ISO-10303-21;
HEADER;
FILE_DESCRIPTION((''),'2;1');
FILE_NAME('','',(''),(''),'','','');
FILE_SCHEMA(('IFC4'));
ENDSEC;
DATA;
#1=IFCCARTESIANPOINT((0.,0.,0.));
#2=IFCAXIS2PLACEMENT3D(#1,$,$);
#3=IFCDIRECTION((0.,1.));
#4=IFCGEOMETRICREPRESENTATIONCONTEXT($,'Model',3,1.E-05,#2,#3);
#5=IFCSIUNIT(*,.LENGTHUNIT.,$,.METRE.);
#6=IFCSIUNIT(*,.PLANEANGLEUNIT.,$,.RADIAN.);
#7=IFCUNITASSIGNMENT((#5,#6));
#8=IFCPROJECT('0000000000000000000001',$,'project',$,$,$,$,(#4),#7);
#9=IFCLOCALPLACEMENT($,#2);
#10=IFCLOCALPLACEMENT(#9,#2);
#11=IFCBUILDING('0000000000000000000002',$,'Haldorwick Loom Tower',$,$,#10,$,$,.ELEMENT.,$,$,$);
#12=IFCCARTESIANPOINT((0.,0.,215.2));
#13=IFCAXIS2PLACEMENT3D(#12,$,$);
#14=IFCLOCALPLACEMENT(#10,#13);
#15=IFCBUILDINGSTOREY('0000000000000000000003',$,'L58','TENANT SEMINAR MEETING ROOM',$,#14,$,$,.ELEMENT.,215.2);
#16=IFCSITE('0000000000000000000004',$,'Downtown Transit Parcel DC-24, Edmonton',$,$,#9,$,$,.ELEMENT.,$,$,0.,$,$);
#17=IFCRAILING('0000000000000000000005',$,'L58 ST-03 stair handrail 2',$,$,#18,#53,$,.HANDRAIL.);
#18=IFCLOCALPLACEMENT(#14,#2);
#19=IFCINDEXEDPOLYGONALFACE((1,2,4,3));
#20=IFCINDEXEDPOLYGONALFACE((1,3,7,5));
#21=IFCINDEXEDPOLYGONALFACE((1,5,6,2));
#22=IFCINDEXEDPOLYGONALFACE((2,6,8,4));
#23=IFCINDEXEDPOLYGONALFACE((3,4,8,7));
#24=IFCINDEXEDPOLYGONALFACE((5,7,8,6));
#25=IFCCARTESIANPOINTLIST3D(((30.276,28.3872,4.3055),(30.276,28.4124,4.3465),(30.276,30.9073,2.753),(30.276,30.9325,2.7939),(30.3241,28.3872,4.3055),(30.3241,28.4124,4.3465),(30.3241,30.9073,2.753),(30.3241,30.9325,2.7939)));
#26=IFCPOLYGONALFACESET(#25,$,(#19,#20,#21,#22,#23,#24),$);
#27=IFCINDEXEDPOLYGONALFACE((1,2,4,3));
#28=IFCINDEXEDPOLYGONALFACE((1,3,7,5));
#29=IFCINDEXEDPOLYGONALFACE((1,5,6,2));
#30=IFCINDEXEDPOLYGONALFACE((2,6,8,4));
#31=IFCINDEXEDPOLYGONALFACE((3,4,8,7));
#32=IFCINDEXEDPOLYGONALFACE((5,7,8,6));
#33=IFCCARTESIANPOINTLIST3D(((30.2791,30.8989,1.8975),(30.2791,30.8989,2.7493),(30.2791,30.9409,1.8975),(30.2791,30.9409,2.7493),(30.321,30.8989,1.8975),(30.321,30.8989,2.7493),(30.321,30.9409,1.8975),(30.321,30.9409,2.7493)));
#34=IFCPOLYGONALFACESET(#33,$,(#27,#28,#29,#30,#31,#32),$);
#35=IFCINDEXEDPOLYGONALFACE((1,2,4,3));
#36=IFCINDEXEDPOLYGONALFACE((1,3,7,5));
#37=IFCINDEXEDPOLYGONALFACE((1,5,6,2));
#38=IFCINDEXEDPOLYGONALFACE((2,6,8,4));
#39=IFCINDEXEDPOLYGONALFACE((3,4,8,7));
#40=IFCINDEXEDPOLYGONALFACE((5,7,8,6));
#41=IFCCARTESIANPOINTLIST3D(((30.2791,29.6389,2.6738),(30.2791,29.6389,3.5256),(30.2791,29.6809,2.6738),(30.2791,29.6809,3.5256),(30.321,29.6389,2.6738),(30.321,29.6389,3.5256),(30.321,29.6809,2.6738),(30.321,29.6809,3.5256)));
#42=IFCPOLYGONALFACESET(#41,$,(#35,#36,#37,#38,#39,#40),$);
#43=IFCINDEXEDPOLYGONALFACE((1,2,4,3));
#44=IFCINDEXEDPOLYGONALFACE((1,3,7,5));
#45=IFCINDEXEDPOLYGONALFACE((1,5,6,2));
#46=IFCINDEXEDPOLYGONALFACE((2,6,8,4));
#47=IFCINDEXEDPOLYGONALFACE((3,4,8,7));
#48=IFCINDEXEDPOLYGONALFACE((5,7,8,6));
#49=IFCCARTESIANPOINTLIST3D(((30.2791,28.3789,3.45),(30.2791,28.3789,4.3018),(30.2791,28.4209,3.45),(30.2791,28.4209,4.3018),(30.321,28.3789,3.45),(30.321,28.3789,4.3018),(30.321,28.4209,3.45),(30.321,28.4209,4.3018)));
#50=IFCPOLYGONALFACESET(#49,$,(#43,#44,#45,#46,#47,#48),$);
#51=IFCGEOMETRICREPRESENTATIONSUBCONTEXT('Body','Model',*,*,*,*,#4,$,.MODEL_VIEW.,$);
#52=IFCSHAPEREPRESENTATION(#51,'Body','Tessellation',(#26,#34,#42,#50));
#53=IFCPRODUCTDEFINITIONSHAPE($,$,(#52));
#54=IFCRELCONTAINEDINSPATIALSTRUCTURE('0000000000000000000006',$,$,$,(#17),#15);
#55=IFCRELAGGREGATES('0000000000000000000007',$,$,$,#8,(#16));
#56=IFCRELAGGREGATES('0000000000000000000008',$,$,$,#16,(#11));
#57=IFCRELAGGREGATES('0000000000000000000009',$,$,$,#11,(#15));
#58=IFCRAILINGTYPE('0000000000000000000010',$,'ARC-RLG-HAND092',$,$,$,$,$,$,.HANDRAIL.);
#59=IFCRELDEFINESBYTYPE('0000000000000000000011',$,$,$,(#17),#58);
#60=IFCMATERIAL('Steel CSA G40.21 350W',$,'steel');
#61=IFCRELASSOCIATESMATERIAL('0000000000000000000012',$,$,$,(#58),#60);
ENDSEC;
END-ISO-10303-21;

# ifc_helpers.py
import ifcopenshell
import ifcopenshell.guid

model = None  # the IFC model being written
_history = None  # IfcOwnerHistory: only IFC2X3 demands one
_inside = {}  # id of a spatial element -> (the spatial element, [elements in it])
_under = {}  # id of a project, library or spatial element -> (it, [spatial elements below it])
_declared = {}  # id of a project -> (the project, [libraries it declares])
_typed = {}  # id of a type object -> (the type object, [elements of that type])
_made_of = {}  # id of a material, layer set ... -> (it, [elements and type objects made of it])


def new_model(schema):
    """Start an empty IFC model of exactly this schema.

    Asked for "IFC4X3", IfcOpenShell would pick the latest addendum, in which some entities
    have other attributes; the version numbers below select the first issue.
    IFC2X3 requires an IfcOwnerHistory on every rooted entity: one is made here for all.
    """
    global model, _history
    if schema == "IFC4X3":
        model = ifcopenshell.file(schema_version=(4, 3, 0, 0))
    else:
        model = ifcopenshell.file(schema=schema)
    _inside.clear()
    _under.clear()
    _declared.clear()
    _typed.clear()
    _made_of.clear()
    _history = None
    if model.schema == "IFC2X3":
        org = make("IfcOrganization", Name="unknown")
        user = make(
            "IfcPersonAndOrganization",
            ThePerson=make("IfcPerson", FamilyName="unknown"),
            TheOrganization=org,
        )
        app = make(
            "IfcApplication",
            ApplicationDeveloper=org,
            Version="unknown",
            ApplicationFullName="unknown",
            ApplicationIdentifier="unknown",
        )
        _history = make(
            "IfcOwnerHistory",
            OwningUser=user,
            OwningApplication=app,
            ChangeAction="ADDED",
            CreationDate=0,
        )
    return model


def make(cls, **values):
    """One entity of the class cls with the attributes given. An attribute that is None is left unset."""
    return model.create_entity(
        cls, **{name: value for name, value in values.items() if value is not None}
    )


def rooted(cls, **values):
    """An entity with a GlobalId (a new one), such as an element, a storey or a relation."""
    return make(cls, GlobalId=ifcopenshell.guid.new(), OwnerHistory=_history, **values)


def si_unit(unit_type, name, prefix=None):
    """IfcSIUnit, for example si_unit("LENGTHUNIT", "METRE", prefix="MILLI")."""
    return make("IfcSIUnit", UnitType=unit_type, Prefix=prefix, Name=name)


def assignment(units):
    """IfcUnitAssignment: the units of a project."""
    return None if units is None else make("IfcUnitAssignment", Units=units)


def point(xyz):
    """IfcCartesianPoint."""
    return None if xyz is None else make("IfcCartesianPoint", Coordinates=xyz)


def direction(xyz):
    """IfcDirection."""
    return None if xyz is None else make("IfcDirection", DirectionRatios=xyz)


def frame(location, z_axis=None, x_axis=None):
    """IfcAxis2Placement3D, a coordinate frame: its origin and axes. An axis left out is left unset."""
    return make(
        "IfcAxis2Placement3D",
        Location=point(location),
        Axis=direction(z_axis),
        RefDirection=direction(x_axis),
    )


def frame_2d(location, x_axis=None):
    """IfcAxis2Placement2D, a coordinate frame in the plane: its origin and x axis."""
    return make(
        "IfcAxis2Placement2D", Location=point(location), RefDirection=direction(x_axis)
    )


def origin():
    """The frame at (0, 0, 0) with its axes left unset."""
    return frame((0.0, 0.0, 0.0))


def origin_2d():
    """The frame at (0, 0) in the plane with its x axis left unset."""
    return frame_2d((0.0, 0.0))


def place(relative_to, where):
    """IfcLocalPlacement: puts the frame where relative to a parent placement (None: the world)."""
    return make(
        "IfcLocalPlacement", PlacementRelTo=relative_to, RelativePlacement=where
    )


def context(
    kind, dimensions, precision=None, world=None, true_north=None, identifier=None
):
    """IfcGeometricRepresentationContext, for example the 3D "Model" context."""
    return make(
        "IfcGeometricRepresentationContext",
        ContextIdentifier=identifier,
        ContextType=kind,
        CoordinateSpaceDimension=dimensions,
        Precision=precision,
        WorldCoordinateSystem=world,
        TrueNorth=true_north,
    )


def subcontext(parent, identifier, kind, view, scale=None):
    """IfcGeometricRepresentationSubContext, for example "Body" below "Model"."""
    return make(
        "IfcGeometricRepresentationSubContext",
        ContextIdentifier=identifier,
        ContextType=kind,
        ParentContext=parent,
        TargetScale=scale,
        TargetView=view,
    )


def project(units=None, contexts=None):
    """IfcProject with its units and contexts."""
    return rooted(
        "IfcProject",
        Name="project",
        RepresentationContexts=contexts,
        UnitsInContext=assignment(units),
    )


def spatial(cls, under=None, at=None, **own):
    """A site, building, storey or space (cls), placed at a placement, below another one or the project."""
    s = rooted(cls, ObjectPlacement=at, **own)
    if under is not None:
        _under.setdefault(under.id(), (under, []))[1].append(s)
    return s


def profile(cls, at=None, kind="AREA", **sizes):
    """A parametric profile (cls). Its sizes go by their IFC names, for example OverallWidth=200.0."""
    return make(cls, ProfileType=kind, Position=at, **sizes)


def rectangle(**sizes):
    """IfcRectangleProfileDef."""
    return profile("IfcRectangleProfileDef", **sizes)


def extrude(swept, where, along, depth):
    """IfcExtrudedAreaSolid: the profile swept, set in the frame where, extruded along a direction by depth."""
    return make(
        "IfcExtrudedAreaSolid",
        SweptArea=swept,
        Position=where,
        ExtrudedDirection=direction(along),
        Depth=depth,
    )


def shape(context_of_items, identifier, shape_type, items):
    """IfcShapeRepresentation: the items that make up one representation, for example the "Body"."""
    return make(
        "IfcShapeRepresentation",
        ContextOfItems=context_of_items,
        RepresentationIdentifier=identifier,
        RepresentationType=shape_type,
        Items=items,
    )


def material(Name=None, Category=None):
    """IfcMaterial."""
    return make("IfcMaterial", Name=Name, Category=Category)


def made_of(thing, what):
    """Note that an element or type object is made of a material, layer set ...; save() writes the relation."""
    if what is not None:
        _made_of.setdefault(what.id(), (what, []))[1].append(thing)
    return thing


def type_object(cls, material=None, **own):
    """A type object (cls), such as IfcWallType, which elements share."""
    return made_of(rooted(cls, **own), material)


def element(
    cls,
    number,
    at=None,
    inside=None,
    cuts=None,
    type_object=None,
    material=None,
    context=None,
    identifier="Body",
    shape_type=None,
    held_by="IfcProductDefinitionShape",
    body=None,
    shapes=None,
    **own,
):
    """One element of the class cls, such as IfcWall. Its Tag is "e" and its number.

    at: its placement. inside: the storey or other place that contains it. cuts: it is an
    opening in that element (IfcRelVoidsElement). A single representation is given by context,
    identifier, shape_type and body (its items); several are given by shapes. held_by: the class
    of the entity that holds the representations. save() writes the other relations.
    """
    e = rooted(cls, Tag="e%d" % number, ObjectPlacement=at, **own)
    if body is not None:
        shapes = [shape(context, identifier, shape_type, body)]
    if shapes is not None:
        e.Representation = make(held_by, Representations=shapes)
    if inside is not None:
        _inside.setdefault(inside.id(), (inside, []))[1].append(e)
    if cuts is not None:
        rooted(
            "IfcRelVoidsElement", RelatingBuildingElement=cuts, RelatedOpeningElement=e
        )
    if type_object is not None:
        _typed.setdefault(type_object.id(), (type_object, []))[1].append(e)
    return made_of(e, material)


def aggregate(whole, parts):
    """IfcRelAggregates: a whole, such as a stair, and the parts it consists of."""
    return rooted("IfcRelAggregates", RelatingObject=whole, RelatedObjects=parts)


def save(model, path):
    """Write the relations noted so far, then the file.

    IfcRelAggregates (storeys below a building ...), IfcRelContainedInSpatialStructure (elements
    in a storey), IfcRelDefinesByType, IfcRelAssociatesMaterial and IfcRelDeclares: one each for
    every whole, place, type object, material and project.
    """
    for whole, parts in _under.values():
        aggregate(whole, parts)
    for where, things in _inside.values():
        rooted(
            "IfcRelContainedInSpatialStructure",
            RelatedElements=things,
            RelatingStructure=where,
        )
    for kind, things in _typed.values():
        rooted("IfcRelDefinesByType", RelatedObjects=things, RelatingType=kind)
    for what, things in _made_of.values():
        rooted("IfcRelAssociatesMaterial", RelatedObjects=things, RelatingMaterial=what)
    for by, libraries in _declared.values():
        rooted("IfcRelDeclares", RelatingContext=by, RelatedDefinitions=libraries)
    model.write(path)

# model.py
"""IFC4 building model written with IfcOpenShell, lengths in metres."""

from ifc_helpers import new_model, si_unit, direction, frame, origin, origin_2d, place, context, subcontext, project, spatial, rectangle, extrude, material, type_object, element, save


model = new_model("IFC4")

# Units and contexts
model_context = context("Model", 3, precision=1e-05, world=origin(), true_north=direction((0.0, 1.0)))
body_context = subcontext(model_context, "Body", "Model", "MODEL_VIEW")
ifc_project = project(units=[si_unit("LENGTHUNIT", "METRE"), si_unit("PLANEANGLEUNIT", "RADIAN")], contexts=[model_context])

# Site, building, storey
site_placement = place(None, origin())
site = spatial("IfcSite", under=ifc_project, at=site_placement, Name="Downtown Transit Parcel DC-24, Edmonton", CompositionType="ELEMENT", RefElevation=0.0)
building_placement = place(site_placement, origin())
building = spatial("IfcBuilding", under=site, at=building_placement, Name="Haldorwick Loom Tower", CompositionType="ELEMENT")
storey_placement = place(building_placement, frame((0.0, 0.0, 215.2)))
storey = spatial("IfcBuildingStorey", under=building, at=storey_placement, Name="L58", Description="TENANT SEMINAR MEETING ROOM", CompositionType="ELEMENT", Elevation=215.2)

# Shared definitions
ifc_material_1 = material(Name="Steel CSA G40.21 350W", Category="steel")

# Railing
railing_type_1 = type_object("IfcRailingType", Name="ARC-RLG-HAND092", PredefinedType="HANDRAIL", material=ifc_material_1)
railing_1_placement = place(storey_placement, frame((30.3, 30.9199, 1.8975)))
element("IfcRailing", 1, at=railing_1_placement, inside=storey, type_object=railing_type_1, Name="L58 ST-03 stair handrail 2", PredefinedType="HANDRAIL", context=body_context, shape_type="SweptSolid", body=[
    extrude(rectangle(XDim=0.0481, YDim=0.0481, at=origin_2d()), frame((0.0, 0.0, 0.876), z_axis=(0.0, -0.8514, 0.524516), x_axis=(1.0, 0.0, 0.0)), (0.0, 0.0, 1.0), 2.96),
    extrude(rectangle(XDim=0.042, YDim=0.042, at=origin_2d()), origin(), (0.0, 0.0, 1.0), 0.8518),
    extrude(rectangle(XDim=0.042, YDim=0.042, at=origin_2d()), frame((0.0, -1.26, 0.7764)), (0.0, 0.0, 1.0), 0.8518),
    extrude(rectangle(XDim=0.042, YDim=0.042, at=origin_2d()), frame((0.0, -2.52, 1.5525)), (0.0, 0.0, 1.0), 0.8518),
])

save(model, "model.ifc")
